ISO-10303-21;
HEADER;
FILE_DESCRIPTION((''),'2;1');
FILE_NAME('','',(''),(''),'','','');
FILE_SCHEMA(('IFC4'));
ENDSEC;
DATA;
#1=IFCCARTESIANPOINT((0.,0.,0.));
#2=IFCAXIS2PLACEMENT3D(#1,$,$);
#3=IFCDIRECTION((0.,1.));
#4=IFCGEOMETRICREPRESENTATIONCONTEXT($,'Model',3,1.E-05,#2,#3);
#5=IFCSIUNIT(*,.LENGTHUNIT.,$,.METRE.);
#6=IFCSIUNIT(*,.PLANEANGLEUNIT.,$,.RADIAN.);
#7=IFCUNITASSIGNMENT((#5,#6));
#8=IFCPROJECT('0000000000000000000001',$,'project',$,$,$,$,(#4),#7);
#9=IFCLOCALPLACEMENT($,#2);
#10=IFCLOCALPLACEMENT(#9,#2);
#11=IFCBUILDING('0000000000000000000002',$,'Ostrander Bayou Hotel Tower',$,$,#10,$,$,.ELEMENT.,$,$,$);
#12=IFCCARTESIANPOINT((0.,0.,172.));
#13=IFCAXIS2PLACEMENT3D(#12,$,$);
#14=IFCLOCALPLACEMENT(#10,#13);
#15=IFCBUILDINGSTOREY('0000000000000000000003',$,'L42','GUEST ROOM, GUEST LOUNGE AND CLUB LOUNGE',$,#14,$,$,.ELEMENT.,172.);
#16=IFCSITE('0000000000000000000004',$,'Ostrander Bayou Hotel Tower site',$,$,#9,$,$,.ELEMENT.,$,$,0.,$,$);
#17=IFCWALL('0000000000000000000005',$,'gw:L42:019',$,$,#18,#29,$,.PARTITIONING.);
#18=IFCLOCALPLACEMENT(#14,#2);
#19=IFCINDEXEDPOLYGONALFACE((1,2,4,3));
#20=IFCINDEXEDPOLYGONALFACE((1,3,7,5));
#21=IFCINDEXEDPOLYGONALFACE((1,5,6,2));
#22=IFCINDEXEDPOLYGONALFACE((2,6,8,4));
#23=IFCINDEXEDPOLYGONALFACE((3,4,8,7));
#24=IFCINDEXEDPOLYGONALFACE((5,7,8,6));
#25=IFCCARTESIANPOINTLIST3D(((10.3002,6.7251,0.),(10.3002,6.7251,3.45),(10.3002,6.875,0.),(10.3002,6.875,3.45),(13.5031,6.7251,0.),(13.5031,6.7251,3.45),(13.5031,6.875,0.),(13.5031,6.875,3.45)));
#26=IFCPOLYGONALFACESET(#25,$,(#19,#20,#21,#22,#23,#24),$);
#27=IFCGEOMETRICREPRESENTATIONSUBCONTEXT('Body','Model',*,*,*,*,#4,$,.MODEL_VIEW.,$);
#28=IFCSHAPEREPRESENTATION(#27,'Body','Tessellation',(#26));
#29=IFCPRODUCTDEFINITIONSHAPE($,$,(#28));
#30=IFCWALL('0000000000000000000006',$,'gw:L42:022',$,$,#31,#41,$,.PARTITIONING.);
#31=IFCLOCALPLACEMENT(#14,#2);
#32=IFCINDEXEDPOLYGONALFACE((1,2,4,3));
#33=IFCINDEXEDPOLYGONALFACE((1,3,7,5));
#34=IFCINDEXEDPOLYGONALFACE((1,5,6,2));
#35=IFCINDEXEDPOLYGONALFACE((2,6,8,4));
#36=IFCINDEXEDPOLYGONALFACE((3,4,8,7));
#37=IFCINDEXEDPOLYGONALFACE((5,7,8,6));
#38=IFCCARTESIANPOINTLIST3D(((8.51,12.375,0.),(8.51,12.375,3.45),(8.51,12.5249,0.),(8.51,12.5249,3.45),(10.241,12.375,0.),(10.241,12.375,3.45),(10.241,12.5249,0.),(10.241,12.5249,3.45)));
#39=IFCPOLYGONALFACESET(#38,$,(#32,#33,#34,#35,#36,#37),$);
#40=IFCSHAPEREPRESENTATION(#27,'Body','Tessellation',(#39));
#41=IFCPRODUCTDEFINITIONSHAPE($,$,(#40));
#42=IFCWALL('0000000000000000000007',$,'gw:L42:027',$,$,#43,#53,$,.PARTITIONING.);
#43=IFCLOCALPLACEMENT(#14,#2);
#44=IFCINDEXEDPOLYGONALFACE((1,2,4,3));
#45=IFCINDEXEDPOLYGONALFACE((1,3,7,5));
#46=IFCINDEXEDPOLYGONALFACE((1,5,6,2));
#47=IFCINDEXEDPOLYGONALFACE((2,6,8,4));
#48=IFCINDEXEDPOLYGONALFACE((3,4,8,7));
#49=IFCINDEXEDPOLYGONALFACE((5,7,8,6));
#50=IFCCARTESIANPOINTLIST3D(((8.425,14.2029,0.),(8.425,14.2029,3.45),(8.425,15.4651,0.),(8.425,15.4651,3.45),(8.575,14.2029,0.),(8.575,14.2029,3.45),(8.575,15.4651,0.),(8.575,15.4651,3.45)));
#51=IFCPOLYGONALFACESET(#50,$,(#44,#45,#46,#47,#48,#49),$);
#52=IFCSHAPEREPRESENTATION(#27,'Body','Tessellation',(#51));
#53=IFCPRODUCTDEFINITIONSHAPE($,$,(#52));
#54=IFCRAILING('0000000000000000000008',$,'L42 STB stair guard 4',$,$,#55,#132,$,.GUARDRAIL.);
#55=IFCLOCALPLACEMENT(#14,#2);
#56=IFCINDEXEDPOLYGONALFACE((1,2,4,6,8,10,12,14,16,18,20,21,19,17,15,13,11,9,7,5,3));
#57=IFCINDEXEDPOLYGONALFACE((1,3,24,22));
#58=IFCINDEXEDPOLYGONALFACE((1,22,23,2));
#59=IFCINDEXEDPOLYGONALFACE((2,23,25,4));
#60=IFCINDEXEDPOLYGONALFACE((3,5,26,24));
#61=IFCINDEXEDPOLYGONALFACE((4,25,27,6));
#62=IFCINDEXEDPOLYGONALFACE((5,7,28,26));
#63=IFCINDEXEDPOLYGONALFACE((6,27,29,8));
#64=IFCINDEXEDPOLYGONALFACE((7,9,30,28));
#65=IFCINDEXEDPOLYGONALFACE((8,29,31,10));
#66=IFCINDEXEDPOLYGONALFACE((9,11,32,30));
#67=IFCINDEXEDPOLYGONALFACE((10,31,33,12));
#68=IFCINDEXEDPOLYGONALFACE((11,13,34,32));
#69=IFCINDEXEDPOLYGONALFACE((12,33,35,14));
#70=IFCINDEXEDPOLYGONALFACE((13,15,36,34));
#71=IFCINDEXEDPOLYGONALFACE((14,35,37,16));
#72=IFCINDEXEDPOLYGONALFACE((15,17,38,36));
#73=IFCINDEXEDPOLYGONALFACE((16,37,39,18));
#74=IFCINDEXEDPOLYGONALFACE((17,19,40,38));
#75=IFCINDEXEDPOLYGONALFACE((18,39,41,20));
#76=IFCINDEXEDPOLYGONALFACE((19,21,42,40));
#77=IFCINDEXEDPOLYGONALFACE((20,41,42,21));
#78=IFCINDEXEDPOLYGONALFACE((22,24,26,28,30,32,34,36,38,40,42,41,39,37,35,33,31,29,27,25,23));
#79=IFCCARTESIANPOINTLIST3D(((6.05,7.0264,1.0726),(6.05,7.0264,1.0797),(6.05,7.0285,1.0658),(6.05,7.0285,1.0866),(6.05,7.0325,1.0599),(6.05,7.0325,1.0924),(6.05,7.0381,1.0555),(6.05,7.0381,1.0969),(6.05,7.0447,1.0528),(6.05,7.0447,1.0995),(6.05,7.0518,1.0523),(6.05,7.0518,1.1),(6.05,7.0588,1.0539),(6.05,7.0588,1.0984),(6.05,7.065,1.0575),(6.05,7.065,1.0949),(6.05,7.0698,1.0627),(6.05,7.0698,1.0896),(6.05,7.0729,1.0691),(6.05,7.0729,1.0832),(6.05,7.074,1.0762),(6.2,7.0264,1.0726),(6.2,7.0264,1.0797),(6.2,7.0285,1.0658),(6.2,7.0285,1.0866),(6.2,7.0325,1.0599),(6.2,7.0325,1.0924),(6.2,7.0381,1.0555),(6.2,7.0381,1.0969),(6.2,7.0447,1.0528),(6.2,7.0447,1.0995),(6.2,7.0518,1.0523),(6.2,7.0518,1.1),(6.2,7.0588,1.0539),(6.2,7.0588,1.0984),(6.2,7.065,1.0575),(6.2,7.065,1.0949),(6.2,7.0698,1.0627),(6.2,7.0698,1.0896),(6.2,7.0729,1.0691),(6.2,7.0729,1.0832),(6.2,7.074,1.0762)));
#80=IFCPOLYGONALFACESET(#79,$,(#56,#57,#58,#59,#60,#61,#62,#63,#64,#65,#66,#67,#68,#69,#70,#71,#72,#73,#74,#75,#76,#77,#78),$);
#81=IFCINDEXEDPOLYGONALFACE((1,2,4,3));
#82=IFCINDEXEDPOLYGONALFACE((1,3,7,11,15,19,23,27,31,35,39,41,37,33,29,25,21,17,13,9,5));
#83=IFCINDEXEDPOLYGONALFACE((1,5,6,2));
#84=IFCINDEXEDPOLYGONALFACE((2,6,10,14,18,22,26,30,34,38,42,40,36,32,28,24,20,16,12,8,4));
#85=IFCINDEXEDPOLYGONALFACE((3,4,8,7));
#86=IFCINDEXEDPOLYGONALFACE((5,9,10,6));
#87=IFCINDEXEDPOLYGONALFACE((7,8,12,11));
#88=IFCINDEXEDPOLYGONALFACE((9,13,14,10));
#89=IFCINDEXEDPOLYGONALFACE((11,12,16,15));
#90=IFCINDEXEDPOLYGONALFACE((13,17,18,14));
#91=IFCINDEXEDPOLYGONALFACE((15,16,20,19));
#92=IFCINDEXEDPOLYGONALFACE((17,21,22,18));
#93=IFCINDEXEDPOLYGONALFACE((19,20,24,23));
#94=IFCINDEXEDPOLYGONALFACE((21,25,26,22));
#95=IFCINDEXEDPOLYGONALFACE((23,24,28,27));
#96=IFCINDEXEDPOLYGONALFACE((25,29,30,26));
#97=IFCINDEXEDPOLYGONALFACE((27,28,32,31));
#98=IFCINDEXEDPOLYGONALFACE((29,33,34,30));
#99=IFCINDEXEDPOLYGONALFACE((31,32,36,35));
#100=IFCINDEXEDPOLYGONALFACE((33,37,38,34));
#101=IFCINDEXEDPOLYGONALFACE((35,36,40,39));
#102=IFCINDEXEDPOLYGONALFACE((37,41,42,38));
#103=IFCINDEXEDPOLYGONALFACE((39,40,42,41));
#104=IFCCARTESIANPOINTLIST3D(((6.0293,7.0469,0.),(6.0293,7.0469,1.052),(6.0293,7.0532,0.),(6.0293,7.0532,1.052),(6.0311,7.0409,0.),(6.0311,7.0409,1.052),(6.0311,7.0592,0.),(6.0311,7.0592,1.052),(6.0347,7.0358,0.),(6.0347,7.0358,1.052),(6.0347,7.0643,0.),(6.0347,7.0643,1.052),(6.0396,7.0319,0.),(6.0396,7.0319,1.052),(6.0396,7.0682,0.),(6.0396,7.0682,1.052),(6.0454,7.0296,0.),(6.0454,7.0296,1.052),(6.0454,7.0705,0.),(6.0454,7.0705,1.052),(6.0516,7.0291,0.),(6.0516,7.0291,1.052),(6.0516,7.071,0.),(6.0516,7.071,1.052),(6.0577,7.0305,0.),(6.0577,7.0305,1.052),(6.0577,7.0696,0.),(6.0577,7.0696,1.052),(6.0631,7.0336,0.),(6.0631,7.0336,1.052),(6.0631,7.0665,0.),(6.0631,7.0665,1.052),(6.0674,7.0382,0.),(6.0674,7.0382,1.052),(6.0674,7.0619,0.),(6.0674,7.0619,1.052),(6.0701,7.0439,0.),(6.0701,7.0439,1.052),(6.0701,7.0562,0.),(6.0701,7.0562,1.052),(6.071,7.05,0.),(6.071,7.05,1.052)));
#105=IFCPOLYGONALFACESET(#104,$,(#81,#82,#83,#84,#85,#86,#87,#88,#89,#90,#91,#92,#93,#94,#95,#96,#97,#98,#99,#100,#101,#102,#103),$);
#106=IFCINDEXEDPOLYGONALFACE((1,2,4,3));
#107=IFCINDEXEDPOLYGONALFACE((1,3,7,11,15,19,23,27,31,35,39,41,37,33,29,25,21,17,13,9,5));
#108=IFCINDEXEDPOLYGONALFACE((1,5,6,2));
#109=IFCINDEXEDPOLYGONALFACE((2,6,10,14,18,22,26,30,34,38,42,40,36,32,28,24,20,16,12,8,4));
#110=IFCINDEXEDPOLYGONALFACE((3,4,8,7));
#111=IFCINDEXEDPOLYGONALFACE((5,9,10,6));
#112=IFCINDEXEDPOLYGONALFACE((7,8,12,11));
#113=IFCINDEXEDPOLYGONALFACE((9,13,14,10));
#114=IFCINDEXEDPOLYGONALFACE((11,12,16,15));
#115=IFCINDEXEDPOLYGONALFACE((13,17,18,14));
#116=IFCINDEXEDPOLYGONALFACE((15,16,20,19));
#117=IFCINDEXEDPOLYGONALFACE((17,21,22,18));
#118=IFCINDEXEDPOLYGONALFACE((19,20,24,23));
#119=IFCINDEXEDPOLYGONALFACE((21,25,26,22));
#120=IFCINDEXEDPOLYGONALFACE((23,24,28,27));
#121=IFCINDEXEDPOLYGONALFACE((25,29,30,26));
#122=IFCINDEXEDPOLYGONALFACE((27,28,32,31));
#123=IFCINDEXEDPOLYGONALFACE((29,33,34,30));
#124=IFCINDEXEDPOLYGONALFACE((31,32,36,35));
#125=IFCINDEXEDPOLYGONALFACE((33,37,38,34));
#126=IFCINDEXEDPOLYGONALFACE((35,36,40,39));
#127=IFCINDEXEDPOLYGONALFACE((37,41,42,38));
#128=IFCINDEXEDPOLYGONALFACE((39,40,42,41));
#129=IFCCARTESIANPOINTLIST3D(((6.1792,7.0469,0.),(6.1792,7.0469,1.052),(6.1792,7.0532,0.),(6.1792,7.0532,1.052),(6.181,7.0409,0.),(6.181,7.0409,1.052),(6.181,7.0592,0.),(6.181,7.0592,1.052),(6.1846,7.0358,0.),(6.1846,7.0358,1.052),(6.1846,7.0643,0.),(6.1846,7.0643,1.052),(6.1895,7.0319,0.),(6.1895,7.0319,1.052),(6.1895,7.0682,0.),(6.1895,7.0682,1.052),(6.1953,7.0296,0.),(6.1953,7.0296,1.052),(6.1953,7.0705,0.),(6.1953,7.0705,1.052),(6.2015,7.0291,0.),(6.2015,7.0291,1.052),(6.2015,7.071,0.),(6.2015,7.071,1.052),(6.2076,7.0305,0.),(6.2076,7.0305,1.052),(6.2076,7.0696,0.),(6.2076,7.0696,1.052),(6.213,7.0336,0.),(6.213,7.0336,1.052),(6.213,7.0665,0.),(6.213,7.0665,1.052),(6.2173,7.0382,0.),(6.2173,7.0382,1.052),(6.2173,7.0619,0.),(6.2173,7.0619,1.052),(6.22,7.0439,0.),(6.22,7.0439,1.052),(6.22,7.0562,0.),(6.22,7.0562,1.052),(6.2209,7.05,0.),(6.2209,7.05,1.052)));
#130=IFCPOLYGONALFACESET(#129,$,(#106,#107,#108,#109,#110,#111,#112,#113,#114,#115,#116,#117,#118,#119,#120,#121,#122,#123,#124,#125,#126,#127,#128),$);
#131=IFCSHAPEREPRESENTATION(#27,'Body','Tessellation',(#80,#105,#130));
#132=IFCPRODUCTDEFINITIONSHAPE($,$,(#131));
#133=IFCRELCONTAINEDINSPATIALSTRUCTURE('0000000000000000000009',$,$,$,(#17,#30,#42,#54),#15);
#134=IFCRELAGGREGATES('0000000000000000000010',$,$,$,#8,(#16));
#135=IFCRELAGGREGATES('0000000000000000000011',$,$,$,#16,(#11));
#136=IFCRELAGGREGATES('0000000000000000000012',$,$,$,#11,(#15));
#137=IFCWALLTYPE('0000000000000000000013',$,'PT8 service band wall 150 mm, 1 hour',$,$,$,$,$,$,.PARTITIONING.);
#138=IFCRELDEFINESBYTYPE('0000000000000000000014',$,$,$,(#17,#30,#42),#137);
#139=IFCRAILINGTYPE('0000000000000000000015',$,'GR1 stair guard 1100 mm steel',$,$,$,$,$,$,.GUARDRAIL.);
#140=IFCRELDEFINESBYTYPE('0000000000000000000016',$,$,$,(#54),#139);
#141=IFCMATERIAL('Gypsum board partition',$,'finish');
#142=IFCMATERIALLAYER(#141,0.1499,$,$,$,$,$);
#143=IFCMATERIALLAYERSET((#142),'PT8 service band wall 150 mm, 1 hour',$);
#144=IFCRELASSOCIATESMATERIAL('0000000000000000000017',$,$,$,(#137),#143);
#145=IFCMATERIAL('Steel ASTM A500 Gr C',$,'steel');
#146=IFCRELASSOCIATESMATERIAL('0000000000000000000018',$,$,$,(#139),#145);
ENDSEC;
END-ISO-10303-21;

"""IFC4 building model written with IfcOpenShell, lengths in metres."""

from ifc_helpers import new_model, si_unit, direction, frame, frame_2d, origin, origin_2d, place, context, subcontext, project, spatial, rectangle, circle, extrude, material, layer, layer_set, type_object, element, save


model = new_model("IFC4")

# Units and contexts
model_context = context("Model", 3, precision=1e-05, world=origin(), true_north=direction((0.0, 1.0)))
body_context = subcontext(model_context, "Body", "Model", "MODEL_VIEW")
ifc_project = project(units=[si_unit("LENGTHUNIT", "METRE"), si_unit("PLANEANGLEUNIT", "RADIAN")], contexts=[model_context])

# Site, building, storey
site_placement = place(None, origin())
site = spatial("IfcSite", under=ifc_project, at=site_placement, Name="Ostrander Bayou Hotel Tower site", CompositionType="ELEMENT", RefElevation=0.0)
building_placement = place(site_placement, origin())
building = spatial("IfcBuilding", under=site, at=building_placement, Name="Ostrander Bayou Hotel Tower", CompositionType="ELEMENT")
storey_placement = place(building_placement, frame((0.0, 0.0, 172.0)))
storey = spatial("IfcBuildingStorey", under=building, at=storey_placement, Name="L42", Description="GUEST ROOM, GUEST LOUNGE AND CLUB LOUNGE", CompositionType="ELEMENT", Elevation=172.0)

# Walls
ifc_material_1 = material(Name="Gypsum board partition", Category="finish")
ifc_layer_1 = layer(ifc_material_1, 0.1499)
ifc_layer_set_1 = layer_set([ifc_layer_1], Name="PT8 service band wall 150 mm, 1 hour")
wall_type_1 = type_object("IfcWallType", Name="PT8 service band wall 150 mm, 1 hour", PredefinedType="PARTITIONING", material=ifc_layer_set_1)
wall_1_placement = place(storey_placement, frame((10.3, 6.8, 0.0), z_axis=(0.0, 0.0, 1.0), x_axis=(1.0, 0.0, 0.0)))
element("IfcWall", 1, at=wall_1_placement, inside=storey, type_object=wall_type_1, Name="gw:L42:019", PredefinedType="PARTITIONING", context=body_context, shape_type="SweptSolid", body=[
    extrude(rectangle(XDim=3.2029, YDim=0.1499, at=frame_2d((1.6016, 0.0))), origin(), (0.0, 0.0, 1.0), 3.45),
])
wall_2_placement = place(storey_placement, frame((8.51, 12.45, 0.0), z_axis=(0.0, 0.0, 1.0), x_axis=(1.0, 0.0, 0.0)))
element("IfcWall", 2, at=wall_2_placement, inside=storey, type_object=wall_type_1, Name="gw:L42:022", PredefinedType="PARTITIONING", context=body_context, shape_type="SweptSolid", body=[
    extrude(rectangle(XDim=1.731, YDim=0.1499, at=frame_2d((0.8655, 0.0))), origin(), (0.0, 0.0, 1.0), 3.45),
])
wall_3_placement = place(storey_placement, frame((8.5, 14.2029, 0.0), z_axis=(0.0, 0.0, 1.0), x_axis=(0.0, 1.0, 0.0)))
element("IfcWall", 3, at=wall_3_placement, inside=storey, type_object=wall_type_1, Name="gw:L42:027", PredefinedType="PARTITIONING", context=body_context, shape_type="SweptSolid", body=[
    extrude(rectangle(XDim=1.2622, YDim=0.1499, at=frame_2d((0.6311, 0.0))), origin(), (0.0, 0.0, 1.0), 3.45),
])

# Railing
ifc_material_2 = material(Name="Steel ASTM A500 Gr C", Category="steel")
railing_type = type_object("IfcRailingType", Name="GR1 stair guard 1100 mm steel", PredefinedType="GUARDRAIL", material=ifc_material_2)
railing_placement = place(storey_placement, frame((6.05, 7.05, 0.0)))
element("IfcRailing", 4, at=railing_placement, inside=storey, type_object=railing_type, Name="L42 STB stair guard 4", PredefinedType="GUARDRAIL", context=body_context, shape_type="SweptSolid", body=[
    extrude(circle(Radius=0.0239, at=origin_2d()), frame((0.0, 0.0, 1.0762), z_axis=(1.0, 0.0, 0.0), x_axis=(0.0, 1.0, 0.0)), (0.0, 0.0, 1.0), 0.1499),
    extrude(circle(Radius=0.021, at=origin_2d()), origin(), (0.0, 0.0, 1.0), 1.052),
    extrude(circle(Radius=0.021, at=origin_2d()), frame((0.1499, 0.0, 0.0)), (0.0, 0.0, 1.0), 1.052),
])

save(model, "model.ifc")
